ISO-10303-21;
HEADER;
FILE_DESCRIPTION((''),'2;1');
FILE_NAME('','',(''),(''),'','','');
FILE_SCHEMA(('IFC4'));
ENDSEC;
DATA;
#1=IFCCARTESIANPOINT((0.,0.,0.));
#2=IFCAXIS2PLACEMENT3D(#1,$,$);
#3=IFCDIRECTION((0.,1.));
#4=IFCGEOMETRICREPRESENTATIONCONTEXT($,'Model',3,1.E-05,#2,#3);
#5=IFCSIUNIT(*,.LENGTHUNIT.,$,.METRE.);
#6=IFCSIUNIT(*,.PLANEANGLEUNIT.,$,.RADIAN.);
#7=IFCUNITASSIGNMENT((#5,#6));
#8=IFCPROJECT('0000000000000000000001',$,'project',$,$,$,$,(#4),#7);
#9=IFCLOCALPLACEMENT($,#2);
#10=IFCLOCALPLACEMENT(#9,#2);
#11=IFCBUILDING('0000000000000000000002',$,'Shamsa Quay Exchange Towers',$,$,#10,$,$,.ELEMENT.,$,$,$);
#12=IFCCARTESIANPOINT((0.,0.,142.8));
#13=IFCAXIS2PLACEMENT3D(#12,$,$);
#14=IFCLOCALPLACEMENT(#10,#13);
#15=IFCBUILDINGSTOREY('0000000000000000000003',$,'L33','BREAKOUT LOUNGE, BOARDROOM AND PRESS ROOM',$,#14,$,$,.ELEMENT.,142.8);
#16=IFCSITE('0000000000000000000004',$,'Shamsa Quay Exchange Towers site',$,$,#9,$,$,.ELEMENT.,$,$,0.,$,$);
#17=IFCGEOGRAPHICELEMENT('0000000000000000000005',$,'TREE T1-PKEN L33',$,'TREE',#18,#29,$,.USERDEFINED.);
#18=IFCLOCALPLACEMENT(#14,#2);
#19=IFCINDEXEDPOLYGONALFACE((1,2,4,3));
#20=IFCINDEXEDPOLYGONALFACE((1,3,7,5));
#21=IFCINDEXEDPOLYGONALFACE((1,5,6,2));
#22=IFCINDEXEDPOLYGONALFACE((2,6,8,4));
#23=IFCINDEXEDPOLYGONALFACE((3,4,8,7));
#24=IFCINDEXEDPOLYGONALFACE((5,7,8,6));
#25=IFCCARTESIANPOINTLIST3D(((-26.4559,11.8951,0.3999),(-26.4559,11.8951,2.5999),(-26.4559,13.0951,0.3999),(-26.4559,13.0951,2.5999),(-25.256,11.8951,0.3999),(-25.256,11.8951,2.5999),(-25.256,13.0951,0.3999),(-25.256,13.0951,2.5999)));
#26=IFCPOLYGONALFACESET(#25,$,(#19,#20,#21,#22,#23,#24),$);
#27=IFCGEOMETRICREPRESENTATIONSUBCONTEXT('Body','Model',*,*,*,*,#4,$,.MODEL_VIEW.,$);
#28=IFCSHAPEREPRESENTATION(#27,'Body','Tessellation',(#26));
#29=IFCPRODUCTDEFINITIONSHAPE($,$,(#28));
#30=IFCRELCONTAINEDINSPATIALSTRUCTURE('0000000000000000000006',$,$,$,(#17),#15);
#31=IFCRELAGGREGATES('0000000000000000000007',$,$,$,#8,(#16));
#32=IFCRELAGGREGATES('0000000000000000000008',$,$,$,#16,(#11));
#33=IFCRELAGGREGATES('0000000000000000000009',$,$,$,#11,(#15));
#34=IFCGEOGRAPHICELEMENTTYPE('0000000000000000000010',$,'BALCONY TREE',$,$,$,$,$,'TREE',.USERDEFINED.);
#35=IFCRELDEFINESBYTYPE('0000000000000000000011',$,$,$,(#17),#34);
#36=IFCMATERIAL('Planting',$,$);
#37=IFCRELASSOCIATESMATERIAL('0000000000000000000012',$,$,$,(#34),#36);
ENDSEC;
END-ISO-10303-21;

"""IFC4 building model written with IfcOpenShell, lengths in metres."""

from ifc_helpers import new_model, si_unit, direction, frame, origin, origin_2d, place, context, subcontext, project, spatial, rectangle, extrude, material, type_object, element, save


model = new_model("IFC4")

# Units and contexts
model_context = context("Model", 3, precision=1e-05, world=origin(), true_north=direction((0.0, 1.0)))
body_context = subcontext(model_context, "Body", "Model", "MODEL_VIEW")
ifc_project = project(units=[si_unit("LENGTHUNIT", "METRE"), si_unit("PLANEANGLEUNIT", "RADIAN")], contexts=[model_context])

# Site, building, storey
site_placement = place(None, origin())
site = spatial("IfcSite", under=ifc_project, at=site_placement, Name="Shamsa Quay Exchange Towers site", CompositionType="ELEMENT", RefElevation=0.0)
building_placement = place(site_placement, origin())
building = spatial("IfcBuilding", under=site, at=building_placement, Name="Shamsa Quay Exchange Towers", CompositionType="ELEMENT")
storey_placement = place(building_placement, frame((0.0, 0.0, 142.8)))
storey = spatial("IfcBuildingStorey", under=building, at=storey_placement, Name="L33", Description="BREAKOUT LOUNGE, BOARDROOM AND PRESS ROOM", CompositionType="ELEMENT", Elevation=142.8)

# Geographic element
ifc_material_1 = material(Name="Planting")
geographic_element_type = type_object("IfcGeographicElementType", Name="BALCONY TREE", ElementType="TREE", PredefinedType="USERDEFINED", material=ifc_material_1)
geographic_element_placement = place(storey_placement, frame((-25.856, 12.4951, 0.3999), z_axis=(0.0, 0.0, 1.0), x_axis=(-1.0, 0.0, 0.0)))
element("IfcGeographicElement", 1, at=geographic_element_placement, inside=storey, type_object=geographic_element_type, Name="TREE T1-PKEN L33", ObjectType="TREE", PredefinedType="USERDEFINED", context=body_context, shape_type="SweptSolid", body=[
    extrude(rectangle(XDim=1.2, YDim=1.2, at=origin_2d()), origin(), (0.0, 0.0, 1.0), 2.2),
])

save(model, "model.ifc")
